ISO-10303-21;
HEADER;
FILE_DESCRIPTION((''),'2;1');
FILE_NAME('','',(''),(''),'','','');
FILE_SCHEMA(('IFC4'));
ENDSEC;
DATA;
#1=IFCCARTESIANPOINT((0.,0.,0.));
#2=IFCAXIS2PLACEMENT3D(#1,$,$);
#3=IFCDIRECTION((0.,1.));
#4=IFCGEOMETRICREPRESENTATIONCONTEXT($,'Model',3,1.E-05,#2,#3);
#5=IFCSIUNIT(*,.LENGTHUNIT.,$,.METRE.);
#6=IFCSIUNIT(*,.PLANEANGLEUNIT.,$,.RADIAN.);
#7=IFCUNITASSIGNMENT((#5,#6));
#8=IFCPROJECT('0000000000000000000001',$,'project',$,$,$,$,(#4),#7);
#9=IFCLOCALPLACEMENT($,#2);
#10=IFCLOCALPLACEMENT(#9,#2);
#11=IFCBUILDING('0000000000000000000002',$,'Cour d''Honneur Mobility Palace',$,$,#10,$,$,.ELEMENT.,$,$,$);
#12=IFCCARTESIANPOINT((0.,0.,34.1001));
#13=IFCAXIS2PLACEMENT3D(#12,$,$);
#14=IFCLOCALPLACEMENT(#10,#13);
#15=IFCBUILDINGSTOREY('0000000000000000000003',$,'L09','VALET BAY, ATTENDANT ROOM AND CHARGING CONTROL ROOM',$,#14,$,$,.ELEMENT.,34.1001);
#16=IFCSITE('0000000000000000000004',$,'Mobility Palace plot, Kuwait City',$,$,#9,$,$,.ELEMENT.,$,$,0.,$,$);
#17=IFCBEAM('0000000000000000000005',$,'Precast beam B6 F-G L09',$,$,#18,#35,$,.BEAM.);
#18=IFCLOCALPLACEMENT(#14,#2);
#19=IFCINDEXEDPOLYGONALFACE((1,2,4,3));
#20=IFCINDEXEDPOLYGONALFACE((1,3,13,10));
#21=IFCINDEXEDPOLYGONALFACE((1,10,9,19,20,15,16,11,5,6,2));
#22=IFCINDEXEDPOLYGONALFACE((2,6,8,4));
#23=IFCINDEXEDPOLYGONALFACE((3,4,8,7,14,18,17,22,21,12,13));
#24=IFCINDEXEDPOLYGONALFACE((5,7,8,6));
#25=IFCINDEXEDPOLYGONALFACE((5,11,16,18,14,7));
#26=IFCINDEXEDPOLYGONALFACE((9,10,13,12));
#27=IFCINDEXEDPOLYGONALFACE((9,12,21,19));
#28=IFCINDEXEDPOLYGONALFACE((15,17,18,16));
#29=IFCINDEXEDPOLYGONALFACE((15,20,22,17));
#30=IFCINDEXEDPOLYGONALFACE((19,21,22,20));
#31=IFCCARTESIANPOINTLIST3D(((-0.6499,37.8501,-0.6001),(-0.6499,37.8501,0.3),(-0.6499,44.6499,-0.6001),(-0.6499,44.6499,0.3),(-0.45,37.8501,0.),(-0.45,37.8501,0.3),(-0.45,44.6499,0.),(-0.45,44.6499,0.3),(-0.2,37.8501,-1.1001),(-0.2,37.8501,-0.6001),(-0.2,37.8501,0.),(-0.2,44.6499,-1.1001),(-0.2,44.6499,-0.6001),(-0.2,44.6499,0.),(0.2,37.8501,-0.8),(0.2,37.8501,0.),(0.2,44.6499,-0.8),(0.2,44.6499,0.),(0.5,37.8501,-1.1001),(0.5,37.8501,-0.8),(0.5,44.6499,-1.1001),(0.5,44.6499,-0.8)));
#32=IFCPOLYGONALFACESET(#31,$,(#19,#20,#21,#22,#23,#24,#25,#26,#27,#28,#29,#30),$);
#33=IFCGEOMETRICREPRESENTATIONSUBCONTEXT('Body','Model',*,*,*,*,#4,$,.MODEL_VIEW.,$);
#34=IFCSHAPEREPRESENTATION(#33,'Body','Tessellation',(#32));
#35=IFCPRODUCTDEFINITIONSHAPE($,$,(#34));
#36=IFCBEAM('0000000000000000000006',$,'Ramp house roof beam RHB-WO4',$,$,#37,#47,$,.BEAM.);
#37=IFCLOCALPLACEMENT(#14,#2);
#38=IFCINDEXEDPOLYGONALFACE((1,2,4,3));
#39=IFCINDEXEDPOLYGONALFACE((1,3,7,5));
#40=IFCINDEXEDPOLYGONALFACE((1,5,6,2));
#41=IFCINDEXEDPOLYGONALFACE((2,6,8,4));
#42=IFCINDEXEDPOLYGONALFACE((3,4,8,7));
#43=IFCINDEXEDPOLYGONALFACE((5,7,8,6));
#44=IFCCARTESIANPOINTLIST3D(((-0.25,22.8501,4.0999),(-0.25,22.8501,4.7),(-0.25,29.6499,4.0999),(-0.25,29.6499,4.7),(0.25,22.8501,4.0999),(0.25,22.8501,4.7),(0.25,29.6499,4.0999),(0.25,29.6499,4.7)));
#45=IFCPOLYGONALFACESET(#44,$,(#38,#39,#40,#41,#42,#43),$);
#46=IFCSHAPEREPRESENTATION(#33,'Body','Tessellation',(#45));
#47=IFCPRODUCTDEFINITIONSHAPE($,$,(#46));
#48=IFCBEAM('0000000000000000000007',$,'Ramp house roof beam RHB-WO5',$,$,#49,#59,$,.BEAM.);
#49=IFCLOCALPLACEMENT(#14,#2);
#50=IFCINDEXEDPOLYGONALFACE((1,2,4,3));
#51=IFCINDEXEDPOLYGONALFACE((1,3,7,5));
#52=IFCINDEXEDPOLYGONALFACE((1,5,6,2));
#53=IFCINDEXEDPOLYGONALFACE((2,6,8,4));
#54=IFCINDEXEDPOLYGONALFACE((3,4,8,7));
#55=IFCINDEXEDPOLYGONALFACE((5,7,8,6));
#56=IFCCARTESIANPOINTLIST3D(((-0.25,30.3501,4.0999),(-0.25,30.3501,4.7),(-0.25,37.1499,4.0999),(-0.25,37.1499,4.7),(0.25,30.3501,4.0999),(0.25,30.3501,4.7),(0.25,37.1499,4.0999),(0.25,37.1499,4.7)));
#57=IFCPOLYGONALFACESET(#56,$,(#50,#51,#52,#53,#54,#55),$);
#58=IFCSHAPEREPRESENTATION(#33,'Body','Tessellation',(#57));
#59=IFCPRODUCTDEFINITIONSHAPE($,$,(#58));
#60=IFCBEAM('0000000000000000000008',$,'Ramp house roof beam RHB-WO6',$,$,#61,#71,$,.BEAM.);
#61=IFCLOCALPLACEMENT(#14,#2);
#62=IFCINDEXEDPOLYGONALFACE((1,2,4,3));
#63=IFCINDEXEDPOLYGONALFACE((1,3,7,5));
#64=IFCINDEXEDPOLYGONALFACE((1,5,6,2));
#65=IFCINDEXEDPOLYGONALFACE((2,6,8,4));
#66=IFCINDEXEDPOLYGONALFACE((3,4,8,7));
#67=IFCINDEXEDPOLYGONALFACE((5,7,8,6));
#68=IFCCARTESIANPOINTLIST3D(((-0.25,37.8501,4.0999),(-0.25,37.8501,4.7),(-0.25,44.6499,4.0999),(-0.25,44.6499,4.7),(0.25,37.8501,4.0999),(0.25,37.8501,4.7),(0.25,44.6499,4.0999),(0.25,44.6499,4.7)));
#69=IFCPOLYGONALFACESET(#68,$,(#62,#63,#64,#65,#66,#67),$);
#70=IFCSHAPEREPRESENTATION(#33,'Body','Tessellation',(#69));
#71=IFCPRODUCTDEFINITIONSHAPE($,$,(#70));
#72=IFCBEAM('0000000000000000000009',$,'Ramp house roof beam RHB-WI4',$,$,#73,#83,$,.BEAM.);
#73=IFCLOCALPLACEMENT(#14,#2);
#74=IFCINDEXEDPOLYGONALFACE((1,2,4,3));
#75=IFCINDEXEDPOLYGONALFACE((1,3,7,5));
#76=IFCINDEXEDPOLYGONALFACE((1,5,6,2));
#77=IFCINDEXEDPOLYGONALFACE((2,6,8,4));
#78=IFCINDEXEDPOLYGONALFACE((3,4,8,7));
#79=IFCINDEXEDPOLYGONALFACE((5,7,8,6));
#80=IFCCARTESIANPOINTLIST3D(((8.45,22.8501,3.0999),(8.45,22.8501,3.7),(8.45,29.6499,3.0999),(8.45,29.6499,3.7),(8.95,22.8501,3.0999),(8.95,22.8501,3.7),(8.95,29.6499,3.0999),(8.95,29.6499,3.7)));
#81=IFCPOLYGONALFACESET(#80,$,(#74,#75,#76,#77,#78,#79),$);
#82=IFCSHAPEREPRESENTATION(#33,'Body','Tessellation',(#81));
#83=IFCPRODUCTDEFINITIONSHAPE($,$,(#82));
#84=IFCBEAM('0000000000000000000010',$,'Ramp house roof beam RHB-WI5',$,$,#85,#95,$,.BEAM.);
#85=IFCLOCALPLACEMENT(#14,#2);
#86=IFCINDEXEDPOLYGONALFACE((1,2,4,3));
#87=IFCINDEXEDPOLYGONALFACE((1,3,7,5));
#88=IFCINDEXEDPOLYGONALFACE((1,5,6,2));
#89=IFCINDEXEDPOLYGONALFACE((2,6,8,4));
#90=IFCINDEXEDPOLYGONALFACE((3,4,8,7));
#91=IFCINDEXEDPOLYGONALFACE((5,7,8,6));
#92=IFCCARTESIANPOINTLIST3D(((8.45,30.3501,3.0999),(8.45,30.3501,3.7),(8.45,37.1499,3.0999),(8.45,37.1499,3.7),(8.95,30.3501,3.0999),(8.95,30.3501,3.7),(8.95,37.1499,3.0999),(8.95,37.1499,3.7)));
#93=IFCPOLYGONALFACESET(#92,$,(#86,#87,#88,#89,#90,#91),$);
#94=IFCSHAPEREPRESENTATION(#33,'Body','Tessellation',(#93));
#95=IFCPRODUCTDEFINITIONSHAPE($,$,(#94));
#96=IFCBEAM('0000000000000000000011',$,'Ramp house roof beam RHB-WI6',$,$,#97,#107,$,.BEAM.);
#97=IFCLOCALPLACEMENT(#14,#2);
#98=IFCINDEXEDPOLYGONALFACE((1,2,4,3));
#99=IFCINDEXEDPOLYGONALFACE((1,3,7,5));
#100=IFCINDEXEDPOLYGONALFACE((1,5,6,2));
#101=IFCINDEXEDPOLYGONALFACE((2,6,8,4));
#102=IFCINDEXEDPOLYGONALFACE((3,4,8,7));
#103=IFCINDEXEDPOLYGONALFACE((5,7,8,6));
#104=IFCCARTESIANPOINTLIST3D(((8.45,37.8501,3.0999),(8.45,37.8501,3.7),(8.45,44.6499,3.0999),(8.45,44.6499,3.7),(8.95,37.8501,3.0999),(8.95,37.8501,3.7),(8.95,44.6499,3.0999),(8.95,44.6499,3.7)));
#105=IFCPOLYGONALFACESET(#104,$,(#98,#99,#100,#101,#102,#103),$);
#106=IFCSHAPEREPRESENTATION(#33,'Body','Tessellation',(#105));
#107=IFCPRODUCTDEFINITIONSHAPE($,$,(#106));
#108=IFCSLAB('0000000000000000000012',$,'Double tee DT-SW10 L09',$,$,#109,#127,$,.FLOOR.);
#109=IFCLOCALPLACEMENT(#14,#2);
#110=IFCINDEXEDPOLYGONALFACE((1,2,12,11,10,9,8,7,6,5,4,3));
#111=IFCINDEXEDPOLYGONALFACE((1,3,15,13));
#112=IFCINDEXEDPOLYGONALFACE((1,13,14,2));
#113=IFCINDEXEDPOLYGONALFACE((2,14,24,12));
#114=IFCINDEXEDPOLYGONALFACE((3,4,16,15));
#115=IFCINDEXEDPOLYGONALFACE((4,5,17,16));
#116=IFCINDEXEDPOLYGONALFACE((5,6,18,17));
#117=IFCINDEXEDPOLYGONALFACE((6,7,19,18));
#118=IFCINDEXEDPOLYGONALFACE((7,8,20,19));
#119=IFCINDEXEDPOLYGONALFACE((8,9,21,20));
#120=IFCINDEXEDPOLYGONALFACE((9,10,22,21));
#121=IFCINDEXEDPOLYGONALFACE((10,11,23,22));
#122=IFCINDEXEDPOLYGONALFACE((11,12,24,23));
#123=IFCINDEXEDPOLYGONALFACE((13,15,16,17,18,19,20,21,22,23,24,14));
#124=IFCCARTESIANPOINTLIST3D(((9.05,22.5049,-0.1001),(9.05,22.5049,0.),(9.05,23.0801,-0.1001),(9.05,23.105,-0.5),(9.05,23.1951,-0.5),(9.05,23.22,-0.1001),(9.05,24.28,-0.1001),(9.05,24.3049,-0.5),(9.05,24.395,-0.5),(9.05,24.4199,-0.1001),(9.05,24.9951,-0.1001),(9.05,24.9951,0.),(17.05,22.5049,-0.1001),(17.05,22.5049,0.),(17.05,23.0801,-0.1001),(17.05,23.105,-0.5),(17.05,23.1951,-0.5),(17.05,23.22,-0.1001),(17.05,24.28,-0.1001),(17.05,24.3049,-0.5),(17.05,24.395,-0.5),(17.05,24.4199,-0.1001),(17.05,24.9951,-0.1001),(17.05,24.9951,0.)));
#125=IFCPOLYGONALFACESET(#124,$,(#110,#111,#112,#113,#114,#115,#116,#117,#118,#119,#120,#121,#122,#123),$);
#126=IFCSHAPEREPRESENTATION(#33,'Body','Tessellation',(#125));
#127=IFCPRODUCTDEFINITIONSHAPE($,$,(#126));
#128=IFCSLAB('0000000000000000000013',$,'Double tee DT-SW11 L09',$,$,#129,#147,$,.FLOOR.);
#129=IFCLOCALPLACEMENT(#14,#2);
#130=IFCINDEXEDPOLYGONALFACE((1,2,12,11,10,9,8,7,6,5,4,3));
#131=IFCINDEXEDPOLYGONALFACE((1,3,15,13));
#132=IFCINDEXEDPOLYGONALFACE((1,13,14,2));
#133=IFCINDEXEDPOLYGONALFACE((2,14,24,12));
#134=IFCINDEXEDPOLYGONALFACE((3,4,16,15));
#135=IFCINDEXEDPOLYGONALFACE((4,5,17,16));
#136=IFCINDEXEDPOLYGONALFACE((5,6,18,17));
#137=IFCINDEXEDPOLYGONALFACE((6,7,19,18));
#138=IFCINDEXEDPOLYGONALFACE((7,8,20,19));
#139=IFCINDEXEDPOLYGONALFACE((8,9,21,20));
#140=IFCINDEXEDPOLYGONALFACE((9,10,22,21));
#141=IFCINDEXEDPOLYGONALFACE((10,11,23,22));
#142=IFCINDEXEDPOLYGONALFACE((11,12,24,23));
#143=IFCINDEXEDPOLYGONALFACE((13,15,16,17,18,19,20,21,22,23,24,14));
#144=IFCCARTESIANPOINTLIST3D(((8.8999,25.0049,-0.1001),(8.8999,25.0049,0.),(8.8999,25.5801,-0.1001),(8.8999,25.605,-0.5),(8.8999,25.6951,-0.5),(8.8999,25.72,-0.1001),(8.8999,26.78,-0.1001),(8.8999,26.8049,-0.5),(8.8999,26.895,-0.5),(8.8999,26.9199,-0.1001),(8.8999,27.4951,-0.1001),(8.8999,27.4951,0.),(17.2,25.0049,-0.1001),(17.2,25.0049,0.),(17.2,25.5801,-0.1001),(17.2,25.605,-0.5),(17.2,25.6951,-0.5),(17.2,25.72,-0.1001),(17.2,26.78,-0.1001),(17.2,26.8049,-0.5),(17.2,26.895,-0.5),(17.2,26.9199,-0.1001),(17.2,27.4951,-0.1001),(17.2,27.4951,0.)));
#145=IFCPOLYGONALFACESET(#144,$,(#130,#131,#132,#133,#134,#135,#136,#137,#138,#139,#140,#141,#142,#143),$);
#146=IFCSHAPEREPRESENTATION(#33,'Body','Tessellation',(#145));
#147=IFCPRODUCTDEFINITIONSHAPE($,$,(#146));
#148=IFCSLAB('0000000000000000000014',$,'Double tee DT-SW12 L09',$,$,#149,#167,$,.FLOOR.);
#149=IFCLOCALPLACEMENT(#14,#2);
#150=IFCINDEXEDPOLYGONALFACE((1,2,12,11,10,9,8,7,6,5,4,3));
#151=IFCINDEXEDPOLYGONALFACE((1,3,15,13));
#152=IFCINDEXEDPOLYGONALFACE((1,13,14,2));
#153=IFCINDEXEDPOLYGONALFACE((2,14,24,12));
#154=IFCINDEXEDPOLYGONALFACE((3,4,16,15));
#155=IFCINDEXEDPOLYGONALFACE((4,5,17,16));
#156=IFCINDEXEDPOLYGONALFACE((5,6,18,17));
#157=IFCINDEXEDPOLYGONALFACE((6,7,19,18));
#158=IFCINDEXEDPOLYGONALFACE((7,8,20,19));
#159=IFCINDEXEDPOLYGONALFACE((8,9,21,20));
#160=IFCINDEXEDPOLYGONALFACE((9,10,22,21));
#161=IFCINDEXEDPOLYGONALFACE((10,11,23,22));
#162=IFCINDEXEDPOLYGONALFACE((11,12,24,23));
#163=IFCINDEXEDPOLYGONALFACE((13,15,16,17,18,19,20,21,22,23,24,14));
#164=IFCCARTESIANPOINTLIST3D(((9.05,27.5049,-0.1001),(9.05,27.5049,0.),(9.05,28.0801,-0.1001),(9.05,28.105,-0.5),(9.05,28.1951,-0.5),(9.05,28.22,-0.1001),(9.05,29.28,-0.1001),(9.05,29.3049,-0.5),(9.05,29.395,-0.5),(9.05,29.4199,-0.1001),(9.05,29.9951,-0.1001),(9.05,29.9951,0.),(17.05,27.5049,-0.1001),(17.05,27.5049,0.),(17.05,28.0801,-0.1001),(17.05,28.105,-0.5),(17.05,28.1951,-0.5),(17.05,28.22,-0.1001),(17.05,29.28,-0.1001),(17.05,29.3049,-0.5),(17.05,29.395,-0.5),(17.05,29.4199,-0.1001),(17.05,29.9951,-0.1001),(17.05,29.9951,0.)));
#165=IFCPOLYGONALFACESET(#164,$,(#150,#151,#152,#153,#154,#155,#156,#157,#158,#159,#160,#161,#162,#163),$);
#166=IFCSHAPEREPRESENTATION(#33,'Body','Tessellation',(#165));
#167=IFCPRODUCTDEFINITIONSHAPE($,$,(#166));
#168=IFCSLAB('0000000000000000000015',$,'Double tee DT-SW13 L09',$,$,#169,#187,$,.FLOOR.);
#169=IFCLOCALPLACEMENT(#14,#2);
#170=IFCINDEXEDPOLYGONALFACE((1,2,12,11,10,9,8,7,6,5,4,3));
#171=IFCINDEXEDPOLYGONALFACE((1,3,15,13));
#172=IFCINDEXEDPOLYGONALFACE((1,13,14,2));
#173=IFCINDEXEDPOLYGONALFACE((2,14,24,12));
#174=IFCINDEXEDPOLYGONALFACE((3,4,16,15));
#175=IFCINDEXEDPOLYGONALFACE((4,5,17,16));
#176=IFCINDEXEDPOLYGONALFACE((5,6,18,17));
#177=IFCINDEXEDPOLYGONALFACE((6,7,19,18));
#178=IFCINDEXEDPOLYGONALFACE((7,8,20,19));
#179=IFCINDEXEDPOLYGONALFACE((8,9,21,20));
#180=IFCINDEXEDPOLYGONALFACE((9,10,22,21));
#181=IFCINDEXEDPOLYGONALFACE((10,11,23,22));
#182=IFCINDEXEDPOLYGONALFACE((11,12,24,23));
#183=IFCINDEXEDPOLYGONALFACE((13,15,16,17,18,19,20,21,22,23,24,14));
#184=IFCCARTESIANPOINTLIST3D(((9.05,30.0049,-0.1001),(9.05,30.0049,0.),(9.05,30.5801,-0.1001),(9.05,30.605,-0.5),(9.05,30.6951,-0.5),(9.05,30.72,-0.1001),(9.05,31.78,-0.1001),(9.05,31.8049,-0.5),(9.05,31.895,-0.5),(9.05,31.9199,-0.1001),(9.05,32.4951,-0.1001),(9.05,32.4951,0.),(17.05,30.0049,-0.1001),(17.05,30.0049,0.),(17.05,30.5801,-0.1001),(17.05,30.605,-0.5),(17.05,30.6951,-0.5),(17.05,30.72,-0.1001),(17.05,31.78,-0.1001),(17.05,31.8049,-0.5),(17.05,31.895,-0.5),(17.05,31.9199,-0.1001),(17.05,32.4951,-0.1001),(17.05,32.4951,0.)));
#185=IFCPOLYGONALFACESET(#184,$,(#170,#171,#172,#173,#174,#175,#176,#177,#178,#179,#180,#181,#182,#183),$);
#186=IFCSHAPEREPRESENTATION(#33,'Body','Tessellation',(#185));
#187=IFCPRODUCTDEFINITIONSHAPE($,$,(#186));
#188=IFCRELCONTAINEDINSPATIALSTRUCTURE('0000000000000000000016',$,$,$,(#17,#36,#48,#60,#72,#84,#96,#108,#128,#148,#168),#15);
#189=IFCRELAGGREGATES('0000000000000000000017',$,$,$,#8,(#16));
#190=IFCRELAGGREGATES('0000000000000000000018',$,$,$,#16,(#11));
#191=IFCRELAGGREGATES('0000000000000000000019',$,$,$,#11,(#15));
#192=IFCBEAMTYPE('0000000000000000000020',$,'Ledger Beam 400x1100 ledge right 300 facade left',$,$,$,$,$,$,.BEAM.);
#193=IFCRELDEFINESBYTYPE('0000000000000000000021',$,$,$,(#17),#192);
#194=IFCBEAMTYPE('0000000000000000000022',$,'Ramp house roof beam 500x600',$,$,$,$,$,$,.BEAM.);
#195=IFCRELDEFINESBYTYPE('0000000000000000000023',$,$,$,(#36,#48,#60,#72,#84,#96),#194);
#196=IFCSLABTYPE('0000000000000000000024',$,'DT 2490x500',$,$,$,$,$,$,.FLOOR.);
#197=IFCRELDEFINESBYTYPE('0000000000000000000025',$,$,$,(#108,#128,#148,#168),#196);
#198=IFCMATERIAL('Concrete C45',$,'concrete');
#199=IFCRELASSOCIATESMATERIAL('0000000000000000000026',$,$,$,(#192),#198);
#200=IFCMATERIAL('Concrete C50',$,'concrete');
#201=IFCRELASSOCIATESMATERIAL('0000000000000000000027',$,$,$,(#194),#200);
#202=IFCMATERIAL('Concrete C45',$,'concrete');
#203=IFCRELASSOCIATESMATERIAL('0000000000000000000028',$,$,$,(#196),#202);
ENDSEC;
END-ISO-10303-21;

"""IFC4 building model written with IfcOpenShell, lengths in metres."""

from ifc_helpers import new_model, si_unit, direction, frame, origin, origin_2d, place, context, subcontext, project, spatial, polyline, rectangle, outline, extrude, material, material_profile, profile_set, type_object, element, save


model = new_model("IFC4")

# Units and contexts
model_context = context("Model", 3, precision=1e-05, world=origin(), true_north=direction((0.0, 1.0)))
body_context = subcontext(model_context, "Body", "Model", "MODEL_VIEW")
ifc_project = project(units=[si_unit("LENGTHUNIT", "METRE"), si_unit("PLANEANGLEUNIT", "RADIAN")], contexts=[model_context])

# Site, building, storey
site_placement = place(None, origin())
site = spatial("IfcSite", under=ifc_project, at=site_placement, Name="Mobility Palace plot, Kuwait City", CompositionType="ELEMENT", RefElevation=0.0)
building_placement = place(site_placement, origin())
building = spatial("IfcBuilding", under=site, at=building_placement, Name="Cour d'Honneur Mobility Palace", CompositionType="ELEMENT")
storey_placement = place(building_placement, frame((0.0, 0.0, 34.1001)))
storey = spatial("IfcBuildingStorey", under=building, at=storey_placement, Name="L09", Description="VALET BAY, ATTENDANT ROOM AND CHARGING CONTROL ROOM", CompositionType="ELEMENT", Elevation=34.1001)

# Beams
ifc_material_1 = material(Name="Concrete C45", Category="concrete")
ifc_material_profile_1 = material_profile(ifc_material_1, outline(polyline([(0.2, -1.1001), (0.2, -0.6001), (0.6499, -0.6001), (0.6499, 0.3), (0.45, 0.3), (0.45, 0.0), (0.2, 0.0), (-0.2, 0.0), (-0.2, -0.8), (-0.5, -0.8), (-0.5, -1.1001), (0.2, -1.1001)])), Name="Ledger Beam 400x1100 ledge right 300 facade left")
ifc_profile_set_1 = profile_set([ifc_material_profile_1], Name="Concrete C45")
beam_type_1 = type_object("IfcBeamType", Name="Ledger Beam 400x1100 ledge right 300 facade left", PredefinedType="BEAM", material=ifc_profile_set_1)
for number, where, z_axis, x_axis, name in (
    (1, (0.0, 37.8501, 0.0), (0.0, 1.0, 0.0), (-1.0, 0.0, 0.0), "Precast beam B6 F-G L09"),
):
    element("IfcBeam", number, at=place(storey_placement, frame(where, z_axis=z_axis, x_axis=x_axis)), inside=storey, type_object=beam_type_1, Name=name, PredefinedType="BEAM", context=body_context, shape_type="SweptSolid", body=[
        extrude(outline(polyline([(0.2, -1.1001), (0.2, -0.6001), (0.6499, -0.6001), (0.6499, 0.3), (0.45, 0.3), (0.45, 0.0), (0.2, 0.0), (-0.2, 0.0), (-0.2, -0.8), (-0.5, -0.8), (-0.5, -1.1001), (0.2, -1.1001)])), origin(), (0.0, 0.0, 1.0), 6.7998),
    ])
ifc_material_2 = material(Name="Concrete C50", Category="concrete")
ifc_material_profile_2 = material_profile(ifc_material_2, rectangle(XDim=0.5, YDim=0.6001, at=origin_2d()), Name="Ramp house roof beam 500x600")
ifc_profile_set_2 = profile_set([ifc_material_profile_2], Name="Concrete C50")
beam_type_2 = type_object("IfcBeamType", Name="Ramp house roof beam 500x600", PredefinedType="BEAM", material=ifc_profile_set_2)
for number, where, z_axis, x_axis, name in (
    (2, (0.0, 22.8501, 4.3999), (0.0, 1.0, 0.0), (-1.0, 0.0, 0.0), "Ramp house roof beam RHB-WO4"),
    (3, (0.0, 30.3501, 4.3999), (0.0, 1.0, 0.0), (-1.0, 0.0, 0.0), "Ramp house roof beam RHB-WO5"),
    (4, (0.0, 37.8501, 4.3999), (0.0, 1.0, 0.0), (-1.0, 0.0, 0.0), "Ramp house roof beam RHB-WO6"),
    (5, (8.7, 22.8501, 3.3999), (0.0, 1.0, 0.0), (-1.0, 0.0, 0.0), "Ramp house roof beam RHB-WI4"),
    (6, (8.7, 30.3501, 3.3999), (0.0, 1.0, 0.0), (-1.0, 0.0, 0.0), "Ramp house roof beam RHB-WI5"),
    (7, (8.7, 37.8501, 3.3999), (0.0, 1.0, 0.0), (-1.0, 0.0, 0.0), "Ramp house roof beam RHB-WI6"),
):
    element("IfcBeam", number, at=place(storey_placement, frame(where, z_axis=z_axis, x_axis=x_axis)), inside=storey, type_object=beam_type_2, Name=name, PredefinedType="BEAM", context=body_context, shape_type="SweptSolid", body=[
        extrude(rectangle(XDim=0.5, YDim=0.6001, at=origin_2d()), origin(), (0.0, 0.0, 1.0), 6.7998),
    ])

# Slabs
ifc_material_3 = material(Name="Concrete C45", Category="concrete")
ifc_material_profile_3 = material_profile(ifc_material_3, outline(polyline([(-1.2451, 0.0), (1.2451, 0.0), (1.2451, -0.1001), (0.6699, -0.1001), (0.645, -0.5), (0.5549, -0.5), (0.53, -0.1001), (-0.53, -0.1001), (-0.5549, -0.5), (-0.645, -0.5), (-0.6699, -0.1001), (-1.2451, -0.1001), (-1.2451, 0.0)])), Name="DT 2490x500")
ifc_profile_set_3 = profile_set([ifc_material_profile_3], Name="Concrete C45")
slab_type = type_object("IfcSlabType", Name="DT 2490x500", PredefinedType="FLOOR", material=ifc_profile_set_3)
slab_1_placement = place(storey_placement, frame((9.05, 23.75, 0.0), z_axis=(1.0, 0.0, 0.0), x_axis=(0.0, 1.0, 0.0)))
element("IfcSlab", 8, at=slab_1_placement, inside=storey, type_object=slab_type, Name="Double tee DT-SW10 L09", PredefinedType="FLOOR", context=body_context, shape_type="SweptSolid", body=[
    extrude(outline(polyline([(-1.2451, 0.0), (1.2451, 0.0), (1.2451, -0.1001), (0.6699, -0.1001), (0.645, -0.5), (0.5549, -0.5), (0.53, -0.1001), (-0.53, -0.1001), (-0.5549, -0.5), (-0.645, -0.5), (-0.6699, -0.1001), (-1.2451, -0.1001), (-1.2451, 0.0)])), origin(), (0.0, 0.0, 1.0), 8.0),
])
slab_2_placement = place(storey_placement, frame((8.8999, 26.25, 0.0), z_axis=(1.0, 0.0, 0.0), x_axis=(0.0, 1.0, 0.0)))
element("IfcSlab", 9, at=slab_2_placement, inside=storey, type_object=slab_type, Name="Double tee DT-SW11 L09", PredefinedType="FLOOR", context=body_context, shape_type="SweptSolid", body=[
    extrude(outline(polyline([(-1.2451, 0.0), (1.2451, 0.0), (1.2451, -0.1001), (0.6699, -0.1001), (0.645, -0.5), (0.5549, -0.5), (0.53, -0.1001), (-0.53, -0.1001), (-0.5549, -0.5), (-0.645, -0.5), (-0.6699, -0.1001), (-1.2451, -0.1001), (-1.2451, 0.0)])), origin(), (0.0, 0.0, 1.0), 8.3),
])
for number, where, z_axis, x_axis, name in (
    (10, (9.05, 28.75, 0.0), (1.0, 0.0, 0.0), (0.0, 1.0, 0.0), "Double tee DT-SW12 L09"),
    (11, (9.05, 31.25, 0.0), (1.0, 0.0, 0.0), (0.0, 1.0, 0.0), "Double tee DT-SW13 L09"),
):
    element("IfcSlab", number, at=place(storey_placement, frame(where, z_axis=z_axis, x_axis=x_axis)), inside=storey, type_object=slab_type, Name=name, PredefinedType="FLOOR", context=body_context, shape_type="SweptSolid", body=[
        extrude(outline(polyline([(-1.2451, 0.0), (1.2451, 0.0), (1.2451, -0.1001), (0.6699, -0.1001), (0.645, -0.5), (0.5549, -0.5), (0.53, -0.1001), (-0.53, -0.1001), (-0.5549, -0.5), (-0.645, -0.5), (-0.6699, -0.1001), (-1.2451, -0.1001), (-1.2451, 0.0)])), origin(), (0.0, 0.0, 1.0), 8.0),
    ])

save(model, "model.ifc")
